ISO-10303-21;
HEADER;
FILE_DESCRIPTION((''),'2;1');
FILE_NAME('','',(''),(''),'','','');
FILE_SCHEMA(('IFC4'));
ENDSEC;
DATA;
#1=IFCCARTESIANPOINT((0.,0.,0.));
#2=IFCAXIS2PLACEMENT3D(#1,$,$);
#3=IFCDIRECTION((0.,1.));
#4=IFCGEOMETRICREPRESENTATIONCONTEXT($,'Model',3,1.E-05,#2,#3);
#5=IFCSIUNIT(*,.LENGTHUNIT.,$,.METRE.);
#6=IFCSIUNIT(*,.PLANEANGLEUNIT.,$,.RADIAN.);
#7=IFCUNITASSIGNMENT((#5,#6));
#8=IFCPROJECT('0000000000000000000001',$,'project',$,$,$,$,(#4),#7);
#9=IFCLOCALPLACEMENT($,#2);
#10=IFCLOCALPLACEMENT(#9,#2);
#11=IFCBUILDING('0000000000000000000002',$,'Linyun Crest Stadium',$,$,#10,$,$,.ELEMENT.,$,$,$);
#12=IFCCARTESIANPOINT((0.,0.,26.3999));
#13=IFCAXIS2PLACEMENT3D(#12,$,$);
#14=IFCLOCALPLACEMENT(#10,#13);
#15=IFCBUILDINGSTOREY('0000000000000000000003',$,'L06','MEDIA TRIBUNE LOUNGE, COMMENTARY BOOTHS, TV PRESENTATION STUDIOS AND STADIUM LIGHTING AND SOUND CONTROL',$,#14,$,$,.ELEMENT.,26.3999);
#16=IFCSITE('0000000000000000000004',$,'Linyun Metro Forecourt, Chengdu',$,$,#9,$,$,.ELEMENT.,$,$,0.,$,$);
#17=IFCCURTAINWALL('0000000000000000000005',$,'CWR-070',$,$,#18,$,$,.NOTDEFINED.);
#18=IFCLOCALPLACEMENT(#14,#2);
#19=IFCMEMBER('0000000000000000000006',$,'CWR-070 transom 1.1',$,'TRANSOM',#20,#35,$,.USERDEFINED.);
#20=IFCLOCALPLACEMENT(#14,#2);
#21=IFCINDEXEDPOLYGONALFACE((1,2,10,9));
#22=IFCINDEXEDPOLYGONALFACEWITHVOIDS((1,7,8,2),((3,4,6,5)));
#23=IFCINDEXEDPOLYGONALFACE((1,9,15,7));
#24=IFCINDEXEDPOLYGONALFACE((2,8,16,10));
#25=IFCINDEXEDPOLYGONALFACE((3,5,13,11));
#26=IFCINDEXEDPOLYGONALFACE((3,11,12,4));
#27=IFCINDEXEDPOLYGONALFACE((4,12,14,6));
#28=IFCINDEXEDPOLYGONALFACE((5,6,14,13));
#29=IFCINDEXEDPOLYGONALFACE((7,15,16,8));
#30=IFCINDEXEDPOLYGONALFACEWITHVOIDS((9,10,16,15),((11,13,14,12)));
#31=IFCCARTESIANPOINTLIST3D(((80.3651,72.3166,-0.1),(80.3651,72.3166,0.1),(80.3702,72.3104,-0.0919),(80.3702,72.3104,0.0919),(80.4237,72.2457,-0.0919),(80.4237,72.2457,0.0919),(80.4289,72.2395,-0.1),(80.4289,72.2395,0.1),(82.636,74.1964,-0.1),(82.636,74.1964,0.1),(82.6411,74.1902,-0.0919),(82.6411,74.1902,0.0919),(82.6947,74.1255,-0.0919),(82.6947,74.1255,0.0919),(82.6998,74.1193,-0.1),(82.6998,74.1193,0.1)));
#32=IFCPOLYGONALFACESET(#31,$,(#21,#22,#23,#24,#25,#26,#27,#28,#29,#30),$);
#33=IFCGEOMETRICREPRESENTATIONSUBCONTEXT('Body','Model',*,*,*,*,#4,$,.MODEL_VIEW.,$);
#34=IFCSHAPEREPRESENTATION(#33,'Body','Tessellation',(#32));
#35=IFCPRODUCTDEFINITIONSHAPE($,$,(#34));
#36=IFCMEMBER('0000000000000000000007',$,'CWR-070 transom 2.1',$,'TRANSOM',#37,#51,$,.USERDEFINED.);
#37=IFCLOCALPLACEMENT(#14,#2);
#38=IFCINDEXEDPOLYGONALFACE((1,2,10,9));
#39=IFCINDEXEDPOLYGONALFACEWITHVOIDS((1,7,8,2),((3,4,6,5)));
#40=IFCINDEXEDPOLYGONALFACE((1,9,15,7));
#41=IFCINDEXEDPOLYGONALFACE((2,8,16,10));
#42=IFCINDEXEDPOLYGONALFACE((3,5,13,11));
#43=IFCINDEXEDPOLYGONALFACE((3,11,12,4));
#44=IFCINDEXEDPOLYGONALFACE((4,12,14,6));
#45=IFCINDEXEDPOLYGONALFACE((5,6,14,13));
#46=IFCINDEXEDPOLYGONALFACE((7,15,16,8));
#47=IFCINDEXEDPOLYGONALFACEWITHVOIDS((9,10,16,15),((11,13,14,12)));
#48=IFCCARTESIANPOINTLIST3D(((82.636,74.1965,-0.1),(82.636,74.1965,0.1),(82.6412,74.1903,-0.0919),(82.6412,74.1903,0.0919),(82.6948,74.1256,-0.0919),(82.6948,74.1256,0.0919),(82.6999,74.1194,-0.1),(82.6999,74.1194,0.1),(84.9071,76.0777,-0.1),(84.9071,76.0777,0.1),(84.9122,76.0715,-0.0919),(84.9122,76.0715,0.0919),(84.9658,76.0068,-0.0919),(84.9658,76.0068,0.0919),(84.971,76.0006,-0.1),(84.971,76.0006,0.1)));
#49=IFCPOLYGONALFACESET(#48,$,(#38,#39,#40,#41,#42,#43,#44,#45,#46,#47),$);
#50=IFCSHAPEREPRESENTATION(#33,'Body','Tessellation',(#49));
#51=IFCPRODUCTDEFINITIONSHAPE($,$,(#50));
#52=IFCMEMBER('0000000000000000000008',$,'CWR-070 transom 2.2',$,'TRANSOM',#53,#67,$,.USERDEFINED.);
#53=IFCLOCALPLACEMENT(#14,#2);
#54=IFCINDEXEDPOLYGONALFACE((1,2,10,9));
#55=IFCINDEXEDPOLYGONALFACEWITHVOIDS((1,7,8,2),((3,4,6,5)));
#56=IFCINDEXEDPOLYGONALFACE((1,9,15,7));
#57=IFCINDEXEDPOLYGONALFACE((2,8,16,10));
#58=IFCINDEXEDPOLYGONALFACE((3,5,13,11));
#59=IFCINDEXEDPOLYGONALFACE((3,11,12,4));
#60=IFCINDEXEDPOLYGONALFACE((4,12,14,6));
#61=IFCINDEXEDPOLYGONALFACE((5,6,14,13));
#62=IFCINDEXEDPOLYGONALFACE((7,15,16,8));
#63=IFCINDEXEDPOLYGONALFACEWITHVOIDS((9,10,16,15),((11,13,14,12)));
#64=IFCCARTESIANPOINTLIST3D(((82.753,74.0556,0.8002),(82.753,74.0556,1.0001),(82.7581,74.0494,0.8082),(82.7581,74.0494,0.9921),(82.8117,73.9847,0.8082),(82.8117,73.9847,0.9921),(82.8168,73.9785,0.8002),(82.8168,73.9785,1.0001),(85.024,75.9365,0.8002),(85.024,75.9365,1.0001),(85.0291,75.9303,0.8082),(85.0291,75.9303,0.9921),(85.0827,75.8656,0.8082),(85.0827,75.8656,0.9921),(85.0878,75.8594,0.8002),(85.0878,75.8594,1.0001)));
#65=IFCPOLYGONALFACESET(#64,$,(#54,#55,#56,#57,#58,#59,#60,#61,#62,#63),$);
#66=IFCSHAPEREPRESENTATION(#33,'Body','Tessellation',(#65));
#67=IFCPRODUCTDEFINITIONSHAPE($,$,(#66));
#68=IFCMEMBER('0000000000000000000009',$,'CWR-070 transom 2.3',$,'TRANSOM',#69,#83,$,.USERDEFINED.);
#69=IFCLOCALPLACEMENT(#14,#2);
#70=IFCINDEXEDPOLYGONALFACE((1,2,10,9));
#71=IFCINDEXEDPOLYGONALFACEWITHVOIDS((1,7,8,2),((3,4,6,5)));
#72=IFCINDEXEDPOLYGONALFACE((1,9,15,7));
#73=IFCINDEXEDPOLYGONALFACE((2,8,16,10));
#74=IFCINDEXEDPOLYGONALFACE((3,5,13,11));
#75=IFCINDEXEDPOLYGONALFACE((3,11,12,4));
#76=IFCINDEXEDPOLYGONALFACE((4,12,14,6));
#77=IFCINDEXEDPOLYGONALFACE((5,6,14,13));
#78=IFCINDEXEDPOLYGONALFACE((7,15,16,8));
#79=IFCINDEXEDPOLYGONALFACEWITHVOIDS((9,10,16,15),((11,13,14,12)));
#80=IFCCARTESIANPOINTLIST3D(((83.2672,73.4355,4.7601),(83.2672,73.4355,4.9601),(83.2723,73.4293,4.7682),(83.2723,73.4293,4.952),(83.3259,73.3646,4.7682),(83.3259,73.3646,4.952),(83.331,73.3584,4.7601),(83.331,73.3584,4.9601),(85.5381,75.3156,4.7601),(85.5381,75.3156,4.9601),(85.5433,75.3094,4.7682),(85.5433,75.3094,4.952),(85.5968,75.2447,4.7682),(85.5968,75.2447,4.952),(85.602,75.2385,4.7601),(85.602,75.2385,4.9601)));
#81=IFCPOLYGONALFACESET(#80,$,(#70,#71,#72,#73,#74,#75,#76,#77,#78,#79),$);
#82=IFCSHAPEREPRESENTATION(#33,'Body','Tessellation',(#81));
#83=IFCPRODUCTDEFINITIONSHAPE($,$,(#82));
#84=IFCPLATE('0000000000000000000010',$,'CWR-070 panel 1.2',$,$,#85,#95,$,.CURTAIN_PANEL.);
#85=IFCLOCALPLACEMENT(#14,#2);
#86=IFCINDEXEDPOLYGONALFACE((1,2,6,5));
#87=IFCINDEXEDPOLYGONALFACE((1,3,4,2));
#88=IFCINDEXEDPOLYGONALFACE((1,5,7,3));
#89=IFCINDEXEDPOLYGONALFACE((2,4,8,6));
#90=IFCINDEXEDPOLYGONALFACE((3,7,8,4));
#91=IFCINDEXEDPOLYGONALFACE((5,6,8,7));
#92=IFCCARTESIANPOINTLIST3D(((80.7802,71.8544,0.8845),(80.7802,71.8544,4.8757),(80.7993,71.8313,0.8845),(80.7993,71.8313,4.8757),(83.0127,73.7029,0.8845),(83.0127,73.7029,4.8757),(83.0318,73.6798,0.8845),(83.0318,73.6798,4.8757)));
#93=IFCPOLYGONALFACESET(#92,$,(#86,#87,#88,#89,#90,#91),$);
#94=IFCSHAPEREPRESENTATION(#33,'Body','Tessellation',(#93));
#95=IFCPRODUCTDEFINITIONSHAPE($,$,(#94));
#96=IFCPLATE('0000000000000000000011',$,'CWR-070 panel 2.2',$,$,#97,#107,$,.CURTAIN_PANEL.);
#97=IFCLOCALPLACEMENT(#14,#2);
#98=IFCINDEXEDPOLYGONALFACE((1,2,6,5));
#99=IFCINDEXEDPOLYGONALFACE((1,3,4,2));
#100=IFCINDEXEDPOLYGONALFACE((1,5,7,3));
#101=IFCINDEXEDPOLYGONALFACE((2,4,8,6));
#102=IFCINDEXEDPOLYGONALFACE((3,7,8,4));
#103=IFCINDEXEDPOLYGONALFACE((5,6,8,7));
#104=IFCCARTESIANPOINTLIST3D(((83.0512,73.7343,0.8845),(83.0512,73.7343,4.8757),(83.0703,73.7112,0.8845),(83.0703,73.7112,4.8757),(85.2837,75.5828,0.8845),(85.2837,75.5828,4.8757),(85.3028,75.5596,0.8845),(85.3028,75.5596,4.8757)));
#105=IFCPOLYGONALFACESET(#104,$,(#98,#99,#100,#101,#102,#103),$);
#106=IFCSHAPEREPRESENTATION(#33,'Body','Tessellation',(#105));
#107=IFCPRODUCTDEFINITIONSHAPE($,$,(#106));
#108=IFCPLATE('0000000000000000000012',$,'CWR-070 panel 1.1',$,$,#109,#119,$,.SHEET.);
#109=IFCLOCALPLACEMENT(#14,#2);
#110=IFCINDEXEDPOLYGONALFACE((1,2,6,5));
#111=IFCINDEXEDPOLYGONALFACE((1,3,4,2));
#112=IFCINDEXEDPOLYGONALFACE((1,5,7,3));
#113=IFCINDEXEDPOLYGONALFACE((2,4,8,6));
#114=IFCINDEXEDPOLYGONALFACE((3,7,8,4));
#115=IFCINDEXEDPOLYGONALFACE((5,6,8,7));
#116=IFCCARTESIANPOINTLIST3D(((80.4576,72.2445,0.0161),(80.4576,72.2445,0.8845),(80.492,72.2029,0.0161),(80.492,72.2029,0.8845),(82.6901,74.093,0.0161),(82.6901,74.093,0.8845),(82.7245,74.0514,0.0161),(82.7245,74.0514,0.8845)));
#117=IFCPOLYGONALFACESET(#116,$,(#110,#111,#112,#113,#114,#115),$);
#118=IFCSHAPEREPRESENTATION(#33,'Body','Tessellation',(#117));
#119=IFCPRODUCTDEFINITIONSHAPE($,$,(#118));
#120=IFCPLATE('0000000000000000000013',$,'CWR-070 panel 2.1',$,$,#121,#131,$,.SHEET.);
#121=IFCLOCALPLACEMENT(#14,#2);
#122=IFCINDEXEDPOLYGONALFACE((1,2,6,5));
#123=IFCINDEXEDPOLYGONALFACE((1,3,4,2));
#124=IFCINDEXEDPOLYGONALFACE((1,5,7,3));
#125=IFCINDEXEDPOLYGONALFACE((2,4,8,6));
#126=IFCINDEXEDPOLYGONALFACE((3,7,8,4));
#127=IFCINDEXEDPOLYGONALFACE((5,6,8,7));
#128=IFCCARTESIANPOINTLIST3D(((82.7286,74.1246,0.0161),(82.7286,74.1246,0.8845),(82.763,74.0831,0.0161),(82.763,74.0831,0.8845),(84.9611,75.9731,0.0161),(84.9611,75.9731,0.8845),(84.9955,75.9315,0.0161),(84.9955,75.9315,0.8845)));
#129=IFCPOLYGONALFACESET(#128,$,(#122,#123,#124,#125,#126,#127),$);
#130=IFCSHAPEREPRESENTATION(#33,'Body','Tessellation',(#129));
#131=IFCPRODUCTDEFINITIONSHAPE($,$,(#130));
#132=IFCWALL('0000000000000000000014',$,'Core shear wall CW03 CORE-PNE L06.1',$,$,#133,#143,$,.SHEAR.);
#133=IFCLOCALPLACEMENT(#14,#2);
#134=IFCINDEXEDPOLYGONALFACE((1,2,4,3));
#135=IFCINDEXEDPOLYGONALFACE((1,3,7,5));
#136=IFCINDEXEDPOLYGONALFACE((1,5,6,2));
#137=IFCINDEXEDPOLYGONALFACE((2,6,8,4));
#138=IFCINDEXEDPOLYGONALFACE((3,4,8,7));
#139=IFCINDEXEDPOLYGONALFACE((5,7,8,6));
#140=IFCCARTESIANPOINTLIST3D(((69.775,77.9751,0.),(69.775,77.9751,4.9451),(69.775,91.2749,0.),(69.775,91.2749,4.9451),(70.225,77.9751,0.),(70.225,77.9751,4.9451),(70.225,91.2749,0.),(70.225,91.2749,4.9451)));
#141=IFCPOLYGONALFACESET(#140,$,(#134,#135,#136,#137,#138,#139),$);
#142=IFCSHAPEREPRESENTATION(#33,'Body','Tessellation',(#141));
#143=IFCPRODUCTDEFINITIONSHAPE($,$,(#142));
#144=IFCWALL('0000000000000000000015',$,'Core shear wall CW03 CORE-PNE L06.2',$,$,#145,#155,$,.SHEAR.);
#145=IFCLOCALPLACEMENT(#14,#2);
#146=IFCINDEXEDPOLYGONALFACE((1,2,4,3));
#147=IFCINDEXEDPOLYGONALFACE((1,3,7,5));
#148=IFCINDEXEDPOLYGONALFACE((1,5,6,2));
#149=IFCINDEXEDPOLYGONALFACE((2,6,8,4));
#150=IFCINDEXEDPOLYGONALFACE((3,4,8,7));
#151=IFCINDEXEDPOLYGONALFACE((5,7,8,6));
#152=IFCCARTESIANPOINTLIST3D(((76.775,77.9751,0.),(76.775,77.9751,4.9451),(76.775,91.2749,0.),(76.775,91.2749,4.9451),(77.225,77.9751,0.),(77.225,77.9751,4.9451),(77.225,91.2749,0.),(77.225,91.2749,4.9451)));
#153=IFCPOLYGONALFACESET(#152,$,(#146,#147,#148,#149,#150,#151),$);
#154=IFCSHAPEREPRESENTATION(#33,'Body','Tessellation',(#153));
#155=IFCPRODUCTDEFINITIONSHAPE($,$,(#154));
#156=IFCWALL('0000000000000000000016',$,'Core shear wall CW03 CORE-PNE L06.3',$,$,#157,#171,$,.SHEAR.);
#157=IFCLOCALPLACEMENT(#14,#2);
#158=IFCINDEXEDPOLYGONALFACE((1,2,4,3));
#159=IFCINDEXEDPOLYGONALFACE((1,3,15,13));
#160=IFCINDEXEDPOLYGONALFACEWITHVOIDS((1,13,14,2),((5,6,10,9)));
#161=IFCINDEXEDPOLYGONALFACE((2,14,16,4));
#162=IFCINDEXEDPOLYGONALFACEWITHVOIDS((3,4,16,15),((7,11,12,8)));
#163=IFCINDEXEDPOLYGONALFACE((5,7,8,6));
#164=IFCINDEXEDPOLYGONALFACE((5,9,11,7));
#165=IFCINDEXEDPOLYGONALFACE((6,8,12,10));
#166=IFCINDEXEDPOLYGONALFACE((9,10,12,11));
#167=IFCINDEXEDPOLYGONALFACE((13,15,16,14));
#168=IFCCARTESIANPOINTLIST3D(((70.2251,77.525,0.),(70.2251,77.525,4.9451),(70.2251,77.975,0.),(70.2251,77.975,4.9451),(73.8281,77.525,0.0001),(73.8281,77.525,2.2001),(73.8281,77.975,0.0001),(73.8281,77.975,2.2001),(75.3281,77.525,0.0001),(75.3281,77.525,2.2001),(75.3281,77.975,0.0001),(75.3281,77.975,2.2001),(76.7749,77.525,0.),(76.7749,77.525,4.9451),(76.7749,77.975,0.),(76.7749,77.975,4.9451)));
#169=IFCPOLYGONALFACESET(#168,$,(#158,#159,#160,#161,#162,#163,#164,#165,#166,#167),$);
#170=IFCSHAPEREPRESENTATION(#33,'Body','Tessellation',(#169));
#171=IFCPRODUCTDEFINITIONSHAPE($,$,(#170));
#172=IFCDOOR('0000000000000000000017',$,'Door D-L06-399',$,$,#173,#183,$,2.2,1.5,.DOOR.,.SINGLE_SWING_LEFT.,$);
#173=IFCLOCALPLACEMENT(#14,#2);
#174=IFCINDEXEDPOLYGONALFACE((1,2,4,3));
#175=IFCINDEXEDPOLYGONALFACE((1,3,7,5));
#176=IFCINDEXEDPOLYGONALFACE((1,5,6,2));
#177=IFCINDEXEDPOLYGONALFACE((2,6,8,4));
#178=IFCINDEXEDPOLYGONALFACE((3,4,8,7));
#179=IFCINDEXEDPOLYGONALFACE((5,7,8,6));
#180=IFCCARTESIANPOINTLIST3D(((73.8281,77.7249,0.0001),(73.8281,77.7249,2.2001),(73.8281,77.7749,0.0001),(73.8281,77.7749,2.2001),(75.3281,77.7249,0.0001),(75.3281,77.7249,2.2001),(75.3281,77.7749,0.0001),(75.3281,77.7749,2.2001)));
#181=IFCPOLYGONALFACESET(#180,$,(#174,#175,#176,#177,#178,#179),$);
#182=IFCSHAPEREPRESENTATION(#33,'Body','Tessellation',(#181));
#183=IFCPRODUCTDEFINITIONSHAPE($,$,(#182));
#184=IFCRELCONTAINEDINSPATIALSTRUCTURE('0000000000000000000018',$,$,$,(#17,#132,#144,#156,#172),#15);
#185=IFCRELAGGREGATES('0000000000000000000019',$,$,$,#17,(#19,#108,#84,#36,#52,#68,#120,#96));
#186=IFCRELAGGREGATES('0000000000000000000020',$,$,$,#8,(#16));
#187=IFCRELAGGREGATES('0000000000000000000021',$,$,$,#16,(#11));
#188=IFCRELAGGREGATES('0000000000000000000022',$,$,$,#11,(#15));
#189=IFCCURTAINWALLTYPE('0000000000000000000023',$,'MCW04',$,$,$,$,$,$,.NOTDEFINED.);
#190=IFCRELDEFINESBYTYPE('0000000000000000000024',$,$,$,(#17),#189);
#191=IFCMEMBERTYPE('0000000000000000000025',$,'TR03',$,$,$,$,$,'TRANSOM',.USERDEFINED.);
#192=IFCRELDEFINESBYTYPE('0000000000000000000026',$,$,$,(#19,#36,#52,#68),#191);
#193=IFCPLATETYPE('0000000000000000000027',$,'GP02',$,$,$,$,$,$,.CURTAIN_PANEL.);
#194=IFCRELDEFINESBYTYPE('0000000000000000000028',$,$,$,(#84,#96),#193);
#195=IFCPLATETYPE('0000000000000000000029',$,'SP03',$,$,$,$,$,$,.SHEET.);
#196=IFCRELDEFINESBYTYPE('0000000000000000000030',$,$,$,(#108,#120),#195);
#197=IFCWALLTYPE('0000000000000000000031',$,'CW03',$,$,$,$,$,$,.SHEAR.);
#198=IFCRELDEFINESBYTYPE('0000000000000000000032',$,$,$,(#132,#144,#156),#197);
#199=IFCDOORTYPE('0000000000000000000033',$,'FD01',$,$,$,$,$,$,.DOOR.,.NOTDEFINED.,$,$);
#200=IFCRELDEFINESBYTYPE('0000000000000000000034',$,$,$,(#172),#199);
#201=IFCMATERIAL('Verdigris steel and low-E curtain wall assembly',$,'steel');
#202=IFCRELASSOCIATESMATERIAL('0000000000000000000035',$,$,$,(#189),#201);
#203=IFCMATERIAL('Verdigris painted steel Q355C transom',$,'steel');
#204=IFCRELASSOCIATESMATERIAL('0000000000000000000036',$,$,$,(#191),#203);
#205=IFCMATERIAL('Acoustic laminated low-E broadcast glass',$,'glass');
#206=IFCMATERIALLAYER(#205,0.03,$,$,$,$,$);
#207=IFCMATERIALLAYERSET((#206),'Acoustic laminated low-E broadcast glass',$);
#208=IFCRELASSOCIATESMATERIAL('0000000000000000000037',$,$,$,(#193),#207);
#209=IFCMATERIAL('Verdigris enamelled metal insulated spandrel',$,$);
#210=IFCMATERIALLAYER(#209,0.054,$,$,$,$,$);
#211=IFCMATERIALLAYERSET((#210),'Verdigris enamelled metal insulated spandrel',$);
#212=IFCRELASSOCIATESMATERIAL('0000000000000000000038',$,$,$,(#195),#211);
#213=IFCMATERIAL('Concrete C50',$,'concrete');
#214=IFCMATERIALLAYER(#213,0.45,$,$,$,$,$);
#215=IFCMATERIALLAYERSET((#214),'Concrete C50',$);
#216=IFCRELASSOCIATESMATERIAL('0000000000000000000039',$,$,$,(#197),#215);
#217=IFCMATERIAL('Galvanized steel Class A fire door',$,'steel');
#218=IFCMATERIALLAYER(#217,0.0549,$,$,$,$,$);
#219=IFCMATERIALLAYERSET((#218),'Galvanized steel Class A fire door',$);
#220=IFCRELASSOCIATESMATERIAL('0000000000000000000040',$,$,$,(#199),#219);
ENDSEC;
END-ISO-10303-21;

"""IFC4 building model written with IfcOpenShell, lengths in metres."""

from ifc_helpers import new_model, si_unit, direction, frame, frame_2d, origin, origin_2d, place, context, subcontext, project, spatial, rectangle, hollow_rectangle, extrude, material, layer, layer_set, material_profile, profile_set, type_object, element, fill, aggregate, save


model = new_model("IFC4")

# Units and contexts
model_context = context("Model", 3, precision=1e-05, world=origin(), true_north=direction((0.0, 1.0)))
body_context = subcontext(model_context, "Body", "Model", "MODEL_VIEW")
ifc_project = project(units=[si_unit("LENGTHUNIT", "METRE"), si_unit("PLANEANGLEUNIT", "RADIAN")], contexts=[model_context])

# Site, building, storey
site_placement = place(None, origin())
site = spatial("IfcSite", under=ifc_project, at=site_placement, Name="Linyun Metro Forecourt, Chengdu", CompositionType="ELEMENT", RefElevation=0.0)
building_placement = place(site_placement, origin())
building = spatial("IfcBuilding", under=site, at=building_placement, Name="Linyun Crest Stadium", CompositionType="ELEMENT")
storey_placement = place(building_placement, frame((0.0, 0.0, 26.3999)))
storey = spatial("IfcBuildingStorey", under=building, at=storey_placement, Name="L06", Description="MEDIA TRIBUNE LOUNGE, COMMENTARY BOOTHS, TV PRESENTATION STUDIOS AND STADIUM LIGHTING AND SOUND CONTROL", CompositionType="ELEMENT", Elevation=26.3999)

# Curtain wall, members, plates
ifc_material_1 = material(Name="Verdigris steel and low-E curtain wall assembly", Category="steel")
curtain_wall_type = type_object("IfcCurtainWallType", Name="MCW04", PredefinedType="NOTDEFINED", material=ifc_material_1)
curtain_wall_placement = place(storey_placement, origin())
curtain_wall = element("IfcCurtainWall", 1, at=curtain_wall_placement, inside=storey, type_object=curtain_wall_type, Name="CWR-070", PredefinedType="NOTDEFINED")
ifc_material_2 = material(Name="Verdigris painted steel Q355C transom", Category="steel")
ifc_material_profile_1 = material_profile(ifc_material_2, hollow_rectangle(XDim=0.1001, YDim=0.2, WallThickness=0.0081, at=origin_2d()), Name="RHS 200x100x8")
ifc_profile_set_1 = profile_set([ifc_material_profile_1], Name="Verdigris painted steel Q355C transom")
member_type_1 = type_object("IfcMemberType", Name="TR03", ElementType="TRANSOM", PredefinedType="USERDEFINED", material=ifc_profile_set_1)
member_1_placement = place(storey_placement, frame((80.397, 72.2781, 0.0), z_axis=(0.770321, 0.637656, 0.0), x_axis=(-0.637656, 0.770321, 0.0)))
member_1 = element("IfcMember", 2, at=member_1_placement, type_object=member_type_1, Name="CWR-070 transom 1.1", ObjectType="TRANSOM", PredefinedType="USERDEFINED", context=body_context, shape_type="SweptSolid", body=[
    extrude(hollow_rectangle(XDim=0.1001, YDim=0.2, WallThickness=0.0081, at=origin_2d()), origin(), (0.0, 0.0, 1.0), 2.948),
])
member_2_placement = place(storey_placement, frame((82.668, 74.158, 0.0), z_axis=(0.770118, 0.637901, 0.0), x_axis=(-0.637901, 0.770118, 0.0)))
member_2 = element("IfcMember", 3, at=member_2_placement, type_object=member_type_1, Name="CWR-070 transom 2.1", ObjectType="TRANSOM", PredefinedType="USERDEFINED", context=body_context, shape_type="SweptSolid", body=[
    extrude(hollow_rectangle(XDim=0.1001, YDim=0.2, WallThickness=0.0081, at=origin_2d()), origin(), (0.0, 0.0, 1.0), 2.949),
])
member_3_placement = place(storey_placement, frame((82.7849, 74.0171, 0.9001), z_axis=(0.770159, 0.637852, 0.0), x_axis=(-0.637852, 0.770159, 0.0)))
member_3 = element("IfcMember", 4, at=member_3_placement, type_object=member_type_1, Name="CWR-070 transom 2.2", ObjectType="TRANSOM", PredefinedType="USERDEFINED", context=body_context, shape_type="SweptSolid", body=[
    extrude(hollow_rectangle(XDim=0.1001, YDim=0.2, WallThickness=0.0081, at=origin_2d()), origin(), (0.0, 0.0, 1.0), 2.9487),
])
member_4_placement = place(storey_placement, frame((83.2991, 73.397, 4.8601), z_axis=(0.770281, 0.637705, 0.0), x_axis=(-0.637705, 0.770281, 0.0)))
member_4 = element("IfcMember", 5, at=member_4_placement, type_object=member_type_1, Name="CWR-070 transom 2.3", ObjectType="TRANSOM", PredefinedType="USERDEFINED", context=body_context, shape_type="SweptSolid", body=[
    extrude(hollow_rectangle(XDim=0.1001, YDim=0.2, WallThickness=0.0081, at=origin_2d()), origin(), (0.0, 0.0, 1.0), 2.9482),
])
ifc_material_3 = material(Name="Acoustic laminated low-E broadcast glass", Category="glass")
ifc_layer_1 = layer(ifc_material_3, 0.03)
ifc_layer_set_1 = layer_set([ifc_layer_1], Name="Acoustic laminated low-E broadcast glass")
plate_type_1 = type_object("IfcPlateType", Name="GP02", PredefinedType="CURTAIN_PANEL", material=ifc_layer_set_1)
plate_1_placement = place(storey_placement, frame((81.906, 72.7671, 0.8845), z_axis=(0.0, 0.0, 1.0), x_axis=(0.770246, 0.637747, 0.0)))
plate_1 = element("IfcPlate", 6, at=plate_1_placement, type_object=plate_type_1, Name="CWR-070 panel 1.2", PredefinedType="CURTAIN_PANEL", context=body_context, shape_type="SweptSolid", body=[
    extrude(rectangle(XDim=2.8984, YDim=0.03, at=origin_2d()), origin(), (0.0, 0.0, 1.0), 3.9912),
])
plate_2_placement = place(storey_placement, frame((84.177, 74.647, 0.8845), z_axis=(0.0, 0.0, 1.0), x_axis=(0.770246, 0.637747, 0.0)))
plate_2 = element("IfcPlate", 7, at=plate_2_placement, type_object=plate_type_1, Name="CWR-070 panel 2.2", PredefinedType="CURTAIN_PANEL", context=body_context, shape_type="SweptSolid", body=[
    extrude(rectangle(XDim=2.8984, YDim=0.03, at=origin_2d()), origin(), (0.0, 0.0, 1.0), 3.9912),
])
ifc_material_4 = material(Name="Verdigris enamelled metal insulated spandrel")
ifc_layer_2 = layer(ifc_material_4, 0.054)
ifc_layer_set_2 = layer_set([ifc_layer_2], Name="Verdigris enamelled metal insulated spandrel")
plate_type_2 = type_object("IfcPlateType", Name="SP03", PredefinedType="SHEET", material=ifc_layer_set_2)
plate_3_placement = place(storey_placement, frame((81.5911, 73.1479, 0.0161), z_axis=(0.0, 0.0, 1.0), x_axis=(0.770246, 0.637747, 0.0)))
plate_3 = element("IfcPlate", 8, at=plate_3_placement, type_object=plate_type_2, Name="CWR-070 panel 1.1", PredefinedType="SHEET", context=body_context, shape_type="SweptSolid", body=[
    extrude(rectangle(XDim=2.8984, YDim=0.054, at=origin_2d()), origin(), (0.0, 0.0, 1.0), 0.8684),
])
plate_4_placement = place(storey_placement, frame((83.8621, 75.0281, 0.0161), z_axis=(0.0, 0.0, 1.0), x_axis=(0.770246, 0.637747, 0.0)))
plate_4 = element("IfcPlate", 9, at=plate_4_placement, type_object=plate_type_2, Name="CWR-070 panel 2.1", PredefinedType="SHEET", context=body_context, shape_type="SweptSolid", body=[
    extrude(rectangle(XDim=2.8984, YDim=0.054, at=origin_2d()), origin(), (0.0, 0.0, 1.0), 0.8684),
])
aggregate(curtain_wall, [member_1, plate_3, plate_1, member_2, member_3, member_4, plate_4, plate_2])

# Walls
ifc_material_5 = material(Name="Concrete C50", Category="concrete")
ifc_layer_3 = layer(ifc_material_5, 0.45)
ifc_layer_set_3 = layer_set([ifc_layer_3], Name="Concrete C50")
wall_type_1 = type_object("IfcWallType", Name="CW03", PredefinedType="SHEAR", material=ifc_layer_set_3)
for number, where, z_axis, x_axis, name in (
    (10, (70.0, 77.9751, 0.0), (0.0, 0.0, 1.0), (0.0, 1.0, 0.0), "Core shear wall CW03 CORE-PNE L06.1"),
    (11, (77.0, 77.9751, 0.0), (0.0, 0.0, 1.0), (0.0, 1.0, 0.0), "Core shear wall CW03 CORE-PNE L06.2"),
):
    element("IfcWall", number, at=place(storey_placement, frame(where, z_axis=z_axis, x_axis=x_axis)), inside=storey, type_object=wall_type_1, Name=name, PredefinedType="SHEAR", context=body_context, shape_type="SweptSolid", body=[
        extrude(rectangle(XDim=13.2998, YDim=0.45, at=frame_2d((6.6499, 0.0))), origin(), (0.0, 0.0, 1.0), 4.9451),
    ])

# Wall, opening, door
wall_1_placement = place(storey_placement, frame((70.2251, 77.75, 0.0), z_axis=(0.0, 0.0, 1.0), x_axis=(1.0, 0.0, 0.0)))
wall_1 = element("IfcWall", 12, at=wall_1_placement, inside=storey, type_object=wall_type_1, Name="Core shear wall CW03 CORE-PNE L06.3", PredefinedType="SHEAR", context=body_context, shape_type="SweptSolid", body=[
    extrude(rectangle(XDim=6.5498, YDim=0.45, at=frame_2d((3.2749, 0.0))), origin(), (0.0, 0.0, 1.0), 4.9451),
])
opening_1_placement = place(wall_1_placement, frame((3.603, 0.0, 0.0)))
opening_1 = element("IfcOpeningElement", 13, at=opening_1_placement, cuts=wall_1, PredefinedType="OPENING", context=body_context, shape_type="SweptSolid", body=[
    extrude(rectangle(XDim=1.5, YDim=2.2, at=frame_2d((0.75, 1.1001))), frame((0.0, 0.2349, 0.0), z_axis=(0.0, -1.0, 0.0), x_axis=(1.0, 0.0, 0.0)), (0.0, 0.0, 1.0), 0.47),
])
ifc_material_6 = material(Name="Galvanized steel Class A fire door", Category="steel")
ifc_layer_4 = layer(ifc_material_6, 0.0549)
ifc_layer_set_4 = layer_set([ifc_layer_4], Name="Galvanized steel Class A fire door")
door_type_1 = type_object("IfcDoorType", Name="FD01", OperationType="NOTDEFINED", PredefinedType="DOOR", material=ifc_layer_set_4)
door_1_placement = place(opening_1_placement, origin())
door_1 = element("IfcDoor", 14, at=door_1_placement, inside=storey, type_object=door_type_1, Name="Door D-L06-399", OperationType="SINGLE_SWING_LEFT", OverallHeight=2.2, OverallWidth=1.5, PredefinedType="DOOR", context=body_context, shape_type="SweptSolid", body=[
    extrude(rectangle(XDim=1.5, YDim=2.2, at=frame_2d((0.75, 1.1001))), frame((0.0, 0.0249, 0.0), z_axis=(0.0, -1.0, 0.0), x_axis=(1.0, 0.0, 0.0)), (0.0, 0.0, 1.0), 0.05),
])
fill(opening_1, door_1)

save(model, "model.ifc")
